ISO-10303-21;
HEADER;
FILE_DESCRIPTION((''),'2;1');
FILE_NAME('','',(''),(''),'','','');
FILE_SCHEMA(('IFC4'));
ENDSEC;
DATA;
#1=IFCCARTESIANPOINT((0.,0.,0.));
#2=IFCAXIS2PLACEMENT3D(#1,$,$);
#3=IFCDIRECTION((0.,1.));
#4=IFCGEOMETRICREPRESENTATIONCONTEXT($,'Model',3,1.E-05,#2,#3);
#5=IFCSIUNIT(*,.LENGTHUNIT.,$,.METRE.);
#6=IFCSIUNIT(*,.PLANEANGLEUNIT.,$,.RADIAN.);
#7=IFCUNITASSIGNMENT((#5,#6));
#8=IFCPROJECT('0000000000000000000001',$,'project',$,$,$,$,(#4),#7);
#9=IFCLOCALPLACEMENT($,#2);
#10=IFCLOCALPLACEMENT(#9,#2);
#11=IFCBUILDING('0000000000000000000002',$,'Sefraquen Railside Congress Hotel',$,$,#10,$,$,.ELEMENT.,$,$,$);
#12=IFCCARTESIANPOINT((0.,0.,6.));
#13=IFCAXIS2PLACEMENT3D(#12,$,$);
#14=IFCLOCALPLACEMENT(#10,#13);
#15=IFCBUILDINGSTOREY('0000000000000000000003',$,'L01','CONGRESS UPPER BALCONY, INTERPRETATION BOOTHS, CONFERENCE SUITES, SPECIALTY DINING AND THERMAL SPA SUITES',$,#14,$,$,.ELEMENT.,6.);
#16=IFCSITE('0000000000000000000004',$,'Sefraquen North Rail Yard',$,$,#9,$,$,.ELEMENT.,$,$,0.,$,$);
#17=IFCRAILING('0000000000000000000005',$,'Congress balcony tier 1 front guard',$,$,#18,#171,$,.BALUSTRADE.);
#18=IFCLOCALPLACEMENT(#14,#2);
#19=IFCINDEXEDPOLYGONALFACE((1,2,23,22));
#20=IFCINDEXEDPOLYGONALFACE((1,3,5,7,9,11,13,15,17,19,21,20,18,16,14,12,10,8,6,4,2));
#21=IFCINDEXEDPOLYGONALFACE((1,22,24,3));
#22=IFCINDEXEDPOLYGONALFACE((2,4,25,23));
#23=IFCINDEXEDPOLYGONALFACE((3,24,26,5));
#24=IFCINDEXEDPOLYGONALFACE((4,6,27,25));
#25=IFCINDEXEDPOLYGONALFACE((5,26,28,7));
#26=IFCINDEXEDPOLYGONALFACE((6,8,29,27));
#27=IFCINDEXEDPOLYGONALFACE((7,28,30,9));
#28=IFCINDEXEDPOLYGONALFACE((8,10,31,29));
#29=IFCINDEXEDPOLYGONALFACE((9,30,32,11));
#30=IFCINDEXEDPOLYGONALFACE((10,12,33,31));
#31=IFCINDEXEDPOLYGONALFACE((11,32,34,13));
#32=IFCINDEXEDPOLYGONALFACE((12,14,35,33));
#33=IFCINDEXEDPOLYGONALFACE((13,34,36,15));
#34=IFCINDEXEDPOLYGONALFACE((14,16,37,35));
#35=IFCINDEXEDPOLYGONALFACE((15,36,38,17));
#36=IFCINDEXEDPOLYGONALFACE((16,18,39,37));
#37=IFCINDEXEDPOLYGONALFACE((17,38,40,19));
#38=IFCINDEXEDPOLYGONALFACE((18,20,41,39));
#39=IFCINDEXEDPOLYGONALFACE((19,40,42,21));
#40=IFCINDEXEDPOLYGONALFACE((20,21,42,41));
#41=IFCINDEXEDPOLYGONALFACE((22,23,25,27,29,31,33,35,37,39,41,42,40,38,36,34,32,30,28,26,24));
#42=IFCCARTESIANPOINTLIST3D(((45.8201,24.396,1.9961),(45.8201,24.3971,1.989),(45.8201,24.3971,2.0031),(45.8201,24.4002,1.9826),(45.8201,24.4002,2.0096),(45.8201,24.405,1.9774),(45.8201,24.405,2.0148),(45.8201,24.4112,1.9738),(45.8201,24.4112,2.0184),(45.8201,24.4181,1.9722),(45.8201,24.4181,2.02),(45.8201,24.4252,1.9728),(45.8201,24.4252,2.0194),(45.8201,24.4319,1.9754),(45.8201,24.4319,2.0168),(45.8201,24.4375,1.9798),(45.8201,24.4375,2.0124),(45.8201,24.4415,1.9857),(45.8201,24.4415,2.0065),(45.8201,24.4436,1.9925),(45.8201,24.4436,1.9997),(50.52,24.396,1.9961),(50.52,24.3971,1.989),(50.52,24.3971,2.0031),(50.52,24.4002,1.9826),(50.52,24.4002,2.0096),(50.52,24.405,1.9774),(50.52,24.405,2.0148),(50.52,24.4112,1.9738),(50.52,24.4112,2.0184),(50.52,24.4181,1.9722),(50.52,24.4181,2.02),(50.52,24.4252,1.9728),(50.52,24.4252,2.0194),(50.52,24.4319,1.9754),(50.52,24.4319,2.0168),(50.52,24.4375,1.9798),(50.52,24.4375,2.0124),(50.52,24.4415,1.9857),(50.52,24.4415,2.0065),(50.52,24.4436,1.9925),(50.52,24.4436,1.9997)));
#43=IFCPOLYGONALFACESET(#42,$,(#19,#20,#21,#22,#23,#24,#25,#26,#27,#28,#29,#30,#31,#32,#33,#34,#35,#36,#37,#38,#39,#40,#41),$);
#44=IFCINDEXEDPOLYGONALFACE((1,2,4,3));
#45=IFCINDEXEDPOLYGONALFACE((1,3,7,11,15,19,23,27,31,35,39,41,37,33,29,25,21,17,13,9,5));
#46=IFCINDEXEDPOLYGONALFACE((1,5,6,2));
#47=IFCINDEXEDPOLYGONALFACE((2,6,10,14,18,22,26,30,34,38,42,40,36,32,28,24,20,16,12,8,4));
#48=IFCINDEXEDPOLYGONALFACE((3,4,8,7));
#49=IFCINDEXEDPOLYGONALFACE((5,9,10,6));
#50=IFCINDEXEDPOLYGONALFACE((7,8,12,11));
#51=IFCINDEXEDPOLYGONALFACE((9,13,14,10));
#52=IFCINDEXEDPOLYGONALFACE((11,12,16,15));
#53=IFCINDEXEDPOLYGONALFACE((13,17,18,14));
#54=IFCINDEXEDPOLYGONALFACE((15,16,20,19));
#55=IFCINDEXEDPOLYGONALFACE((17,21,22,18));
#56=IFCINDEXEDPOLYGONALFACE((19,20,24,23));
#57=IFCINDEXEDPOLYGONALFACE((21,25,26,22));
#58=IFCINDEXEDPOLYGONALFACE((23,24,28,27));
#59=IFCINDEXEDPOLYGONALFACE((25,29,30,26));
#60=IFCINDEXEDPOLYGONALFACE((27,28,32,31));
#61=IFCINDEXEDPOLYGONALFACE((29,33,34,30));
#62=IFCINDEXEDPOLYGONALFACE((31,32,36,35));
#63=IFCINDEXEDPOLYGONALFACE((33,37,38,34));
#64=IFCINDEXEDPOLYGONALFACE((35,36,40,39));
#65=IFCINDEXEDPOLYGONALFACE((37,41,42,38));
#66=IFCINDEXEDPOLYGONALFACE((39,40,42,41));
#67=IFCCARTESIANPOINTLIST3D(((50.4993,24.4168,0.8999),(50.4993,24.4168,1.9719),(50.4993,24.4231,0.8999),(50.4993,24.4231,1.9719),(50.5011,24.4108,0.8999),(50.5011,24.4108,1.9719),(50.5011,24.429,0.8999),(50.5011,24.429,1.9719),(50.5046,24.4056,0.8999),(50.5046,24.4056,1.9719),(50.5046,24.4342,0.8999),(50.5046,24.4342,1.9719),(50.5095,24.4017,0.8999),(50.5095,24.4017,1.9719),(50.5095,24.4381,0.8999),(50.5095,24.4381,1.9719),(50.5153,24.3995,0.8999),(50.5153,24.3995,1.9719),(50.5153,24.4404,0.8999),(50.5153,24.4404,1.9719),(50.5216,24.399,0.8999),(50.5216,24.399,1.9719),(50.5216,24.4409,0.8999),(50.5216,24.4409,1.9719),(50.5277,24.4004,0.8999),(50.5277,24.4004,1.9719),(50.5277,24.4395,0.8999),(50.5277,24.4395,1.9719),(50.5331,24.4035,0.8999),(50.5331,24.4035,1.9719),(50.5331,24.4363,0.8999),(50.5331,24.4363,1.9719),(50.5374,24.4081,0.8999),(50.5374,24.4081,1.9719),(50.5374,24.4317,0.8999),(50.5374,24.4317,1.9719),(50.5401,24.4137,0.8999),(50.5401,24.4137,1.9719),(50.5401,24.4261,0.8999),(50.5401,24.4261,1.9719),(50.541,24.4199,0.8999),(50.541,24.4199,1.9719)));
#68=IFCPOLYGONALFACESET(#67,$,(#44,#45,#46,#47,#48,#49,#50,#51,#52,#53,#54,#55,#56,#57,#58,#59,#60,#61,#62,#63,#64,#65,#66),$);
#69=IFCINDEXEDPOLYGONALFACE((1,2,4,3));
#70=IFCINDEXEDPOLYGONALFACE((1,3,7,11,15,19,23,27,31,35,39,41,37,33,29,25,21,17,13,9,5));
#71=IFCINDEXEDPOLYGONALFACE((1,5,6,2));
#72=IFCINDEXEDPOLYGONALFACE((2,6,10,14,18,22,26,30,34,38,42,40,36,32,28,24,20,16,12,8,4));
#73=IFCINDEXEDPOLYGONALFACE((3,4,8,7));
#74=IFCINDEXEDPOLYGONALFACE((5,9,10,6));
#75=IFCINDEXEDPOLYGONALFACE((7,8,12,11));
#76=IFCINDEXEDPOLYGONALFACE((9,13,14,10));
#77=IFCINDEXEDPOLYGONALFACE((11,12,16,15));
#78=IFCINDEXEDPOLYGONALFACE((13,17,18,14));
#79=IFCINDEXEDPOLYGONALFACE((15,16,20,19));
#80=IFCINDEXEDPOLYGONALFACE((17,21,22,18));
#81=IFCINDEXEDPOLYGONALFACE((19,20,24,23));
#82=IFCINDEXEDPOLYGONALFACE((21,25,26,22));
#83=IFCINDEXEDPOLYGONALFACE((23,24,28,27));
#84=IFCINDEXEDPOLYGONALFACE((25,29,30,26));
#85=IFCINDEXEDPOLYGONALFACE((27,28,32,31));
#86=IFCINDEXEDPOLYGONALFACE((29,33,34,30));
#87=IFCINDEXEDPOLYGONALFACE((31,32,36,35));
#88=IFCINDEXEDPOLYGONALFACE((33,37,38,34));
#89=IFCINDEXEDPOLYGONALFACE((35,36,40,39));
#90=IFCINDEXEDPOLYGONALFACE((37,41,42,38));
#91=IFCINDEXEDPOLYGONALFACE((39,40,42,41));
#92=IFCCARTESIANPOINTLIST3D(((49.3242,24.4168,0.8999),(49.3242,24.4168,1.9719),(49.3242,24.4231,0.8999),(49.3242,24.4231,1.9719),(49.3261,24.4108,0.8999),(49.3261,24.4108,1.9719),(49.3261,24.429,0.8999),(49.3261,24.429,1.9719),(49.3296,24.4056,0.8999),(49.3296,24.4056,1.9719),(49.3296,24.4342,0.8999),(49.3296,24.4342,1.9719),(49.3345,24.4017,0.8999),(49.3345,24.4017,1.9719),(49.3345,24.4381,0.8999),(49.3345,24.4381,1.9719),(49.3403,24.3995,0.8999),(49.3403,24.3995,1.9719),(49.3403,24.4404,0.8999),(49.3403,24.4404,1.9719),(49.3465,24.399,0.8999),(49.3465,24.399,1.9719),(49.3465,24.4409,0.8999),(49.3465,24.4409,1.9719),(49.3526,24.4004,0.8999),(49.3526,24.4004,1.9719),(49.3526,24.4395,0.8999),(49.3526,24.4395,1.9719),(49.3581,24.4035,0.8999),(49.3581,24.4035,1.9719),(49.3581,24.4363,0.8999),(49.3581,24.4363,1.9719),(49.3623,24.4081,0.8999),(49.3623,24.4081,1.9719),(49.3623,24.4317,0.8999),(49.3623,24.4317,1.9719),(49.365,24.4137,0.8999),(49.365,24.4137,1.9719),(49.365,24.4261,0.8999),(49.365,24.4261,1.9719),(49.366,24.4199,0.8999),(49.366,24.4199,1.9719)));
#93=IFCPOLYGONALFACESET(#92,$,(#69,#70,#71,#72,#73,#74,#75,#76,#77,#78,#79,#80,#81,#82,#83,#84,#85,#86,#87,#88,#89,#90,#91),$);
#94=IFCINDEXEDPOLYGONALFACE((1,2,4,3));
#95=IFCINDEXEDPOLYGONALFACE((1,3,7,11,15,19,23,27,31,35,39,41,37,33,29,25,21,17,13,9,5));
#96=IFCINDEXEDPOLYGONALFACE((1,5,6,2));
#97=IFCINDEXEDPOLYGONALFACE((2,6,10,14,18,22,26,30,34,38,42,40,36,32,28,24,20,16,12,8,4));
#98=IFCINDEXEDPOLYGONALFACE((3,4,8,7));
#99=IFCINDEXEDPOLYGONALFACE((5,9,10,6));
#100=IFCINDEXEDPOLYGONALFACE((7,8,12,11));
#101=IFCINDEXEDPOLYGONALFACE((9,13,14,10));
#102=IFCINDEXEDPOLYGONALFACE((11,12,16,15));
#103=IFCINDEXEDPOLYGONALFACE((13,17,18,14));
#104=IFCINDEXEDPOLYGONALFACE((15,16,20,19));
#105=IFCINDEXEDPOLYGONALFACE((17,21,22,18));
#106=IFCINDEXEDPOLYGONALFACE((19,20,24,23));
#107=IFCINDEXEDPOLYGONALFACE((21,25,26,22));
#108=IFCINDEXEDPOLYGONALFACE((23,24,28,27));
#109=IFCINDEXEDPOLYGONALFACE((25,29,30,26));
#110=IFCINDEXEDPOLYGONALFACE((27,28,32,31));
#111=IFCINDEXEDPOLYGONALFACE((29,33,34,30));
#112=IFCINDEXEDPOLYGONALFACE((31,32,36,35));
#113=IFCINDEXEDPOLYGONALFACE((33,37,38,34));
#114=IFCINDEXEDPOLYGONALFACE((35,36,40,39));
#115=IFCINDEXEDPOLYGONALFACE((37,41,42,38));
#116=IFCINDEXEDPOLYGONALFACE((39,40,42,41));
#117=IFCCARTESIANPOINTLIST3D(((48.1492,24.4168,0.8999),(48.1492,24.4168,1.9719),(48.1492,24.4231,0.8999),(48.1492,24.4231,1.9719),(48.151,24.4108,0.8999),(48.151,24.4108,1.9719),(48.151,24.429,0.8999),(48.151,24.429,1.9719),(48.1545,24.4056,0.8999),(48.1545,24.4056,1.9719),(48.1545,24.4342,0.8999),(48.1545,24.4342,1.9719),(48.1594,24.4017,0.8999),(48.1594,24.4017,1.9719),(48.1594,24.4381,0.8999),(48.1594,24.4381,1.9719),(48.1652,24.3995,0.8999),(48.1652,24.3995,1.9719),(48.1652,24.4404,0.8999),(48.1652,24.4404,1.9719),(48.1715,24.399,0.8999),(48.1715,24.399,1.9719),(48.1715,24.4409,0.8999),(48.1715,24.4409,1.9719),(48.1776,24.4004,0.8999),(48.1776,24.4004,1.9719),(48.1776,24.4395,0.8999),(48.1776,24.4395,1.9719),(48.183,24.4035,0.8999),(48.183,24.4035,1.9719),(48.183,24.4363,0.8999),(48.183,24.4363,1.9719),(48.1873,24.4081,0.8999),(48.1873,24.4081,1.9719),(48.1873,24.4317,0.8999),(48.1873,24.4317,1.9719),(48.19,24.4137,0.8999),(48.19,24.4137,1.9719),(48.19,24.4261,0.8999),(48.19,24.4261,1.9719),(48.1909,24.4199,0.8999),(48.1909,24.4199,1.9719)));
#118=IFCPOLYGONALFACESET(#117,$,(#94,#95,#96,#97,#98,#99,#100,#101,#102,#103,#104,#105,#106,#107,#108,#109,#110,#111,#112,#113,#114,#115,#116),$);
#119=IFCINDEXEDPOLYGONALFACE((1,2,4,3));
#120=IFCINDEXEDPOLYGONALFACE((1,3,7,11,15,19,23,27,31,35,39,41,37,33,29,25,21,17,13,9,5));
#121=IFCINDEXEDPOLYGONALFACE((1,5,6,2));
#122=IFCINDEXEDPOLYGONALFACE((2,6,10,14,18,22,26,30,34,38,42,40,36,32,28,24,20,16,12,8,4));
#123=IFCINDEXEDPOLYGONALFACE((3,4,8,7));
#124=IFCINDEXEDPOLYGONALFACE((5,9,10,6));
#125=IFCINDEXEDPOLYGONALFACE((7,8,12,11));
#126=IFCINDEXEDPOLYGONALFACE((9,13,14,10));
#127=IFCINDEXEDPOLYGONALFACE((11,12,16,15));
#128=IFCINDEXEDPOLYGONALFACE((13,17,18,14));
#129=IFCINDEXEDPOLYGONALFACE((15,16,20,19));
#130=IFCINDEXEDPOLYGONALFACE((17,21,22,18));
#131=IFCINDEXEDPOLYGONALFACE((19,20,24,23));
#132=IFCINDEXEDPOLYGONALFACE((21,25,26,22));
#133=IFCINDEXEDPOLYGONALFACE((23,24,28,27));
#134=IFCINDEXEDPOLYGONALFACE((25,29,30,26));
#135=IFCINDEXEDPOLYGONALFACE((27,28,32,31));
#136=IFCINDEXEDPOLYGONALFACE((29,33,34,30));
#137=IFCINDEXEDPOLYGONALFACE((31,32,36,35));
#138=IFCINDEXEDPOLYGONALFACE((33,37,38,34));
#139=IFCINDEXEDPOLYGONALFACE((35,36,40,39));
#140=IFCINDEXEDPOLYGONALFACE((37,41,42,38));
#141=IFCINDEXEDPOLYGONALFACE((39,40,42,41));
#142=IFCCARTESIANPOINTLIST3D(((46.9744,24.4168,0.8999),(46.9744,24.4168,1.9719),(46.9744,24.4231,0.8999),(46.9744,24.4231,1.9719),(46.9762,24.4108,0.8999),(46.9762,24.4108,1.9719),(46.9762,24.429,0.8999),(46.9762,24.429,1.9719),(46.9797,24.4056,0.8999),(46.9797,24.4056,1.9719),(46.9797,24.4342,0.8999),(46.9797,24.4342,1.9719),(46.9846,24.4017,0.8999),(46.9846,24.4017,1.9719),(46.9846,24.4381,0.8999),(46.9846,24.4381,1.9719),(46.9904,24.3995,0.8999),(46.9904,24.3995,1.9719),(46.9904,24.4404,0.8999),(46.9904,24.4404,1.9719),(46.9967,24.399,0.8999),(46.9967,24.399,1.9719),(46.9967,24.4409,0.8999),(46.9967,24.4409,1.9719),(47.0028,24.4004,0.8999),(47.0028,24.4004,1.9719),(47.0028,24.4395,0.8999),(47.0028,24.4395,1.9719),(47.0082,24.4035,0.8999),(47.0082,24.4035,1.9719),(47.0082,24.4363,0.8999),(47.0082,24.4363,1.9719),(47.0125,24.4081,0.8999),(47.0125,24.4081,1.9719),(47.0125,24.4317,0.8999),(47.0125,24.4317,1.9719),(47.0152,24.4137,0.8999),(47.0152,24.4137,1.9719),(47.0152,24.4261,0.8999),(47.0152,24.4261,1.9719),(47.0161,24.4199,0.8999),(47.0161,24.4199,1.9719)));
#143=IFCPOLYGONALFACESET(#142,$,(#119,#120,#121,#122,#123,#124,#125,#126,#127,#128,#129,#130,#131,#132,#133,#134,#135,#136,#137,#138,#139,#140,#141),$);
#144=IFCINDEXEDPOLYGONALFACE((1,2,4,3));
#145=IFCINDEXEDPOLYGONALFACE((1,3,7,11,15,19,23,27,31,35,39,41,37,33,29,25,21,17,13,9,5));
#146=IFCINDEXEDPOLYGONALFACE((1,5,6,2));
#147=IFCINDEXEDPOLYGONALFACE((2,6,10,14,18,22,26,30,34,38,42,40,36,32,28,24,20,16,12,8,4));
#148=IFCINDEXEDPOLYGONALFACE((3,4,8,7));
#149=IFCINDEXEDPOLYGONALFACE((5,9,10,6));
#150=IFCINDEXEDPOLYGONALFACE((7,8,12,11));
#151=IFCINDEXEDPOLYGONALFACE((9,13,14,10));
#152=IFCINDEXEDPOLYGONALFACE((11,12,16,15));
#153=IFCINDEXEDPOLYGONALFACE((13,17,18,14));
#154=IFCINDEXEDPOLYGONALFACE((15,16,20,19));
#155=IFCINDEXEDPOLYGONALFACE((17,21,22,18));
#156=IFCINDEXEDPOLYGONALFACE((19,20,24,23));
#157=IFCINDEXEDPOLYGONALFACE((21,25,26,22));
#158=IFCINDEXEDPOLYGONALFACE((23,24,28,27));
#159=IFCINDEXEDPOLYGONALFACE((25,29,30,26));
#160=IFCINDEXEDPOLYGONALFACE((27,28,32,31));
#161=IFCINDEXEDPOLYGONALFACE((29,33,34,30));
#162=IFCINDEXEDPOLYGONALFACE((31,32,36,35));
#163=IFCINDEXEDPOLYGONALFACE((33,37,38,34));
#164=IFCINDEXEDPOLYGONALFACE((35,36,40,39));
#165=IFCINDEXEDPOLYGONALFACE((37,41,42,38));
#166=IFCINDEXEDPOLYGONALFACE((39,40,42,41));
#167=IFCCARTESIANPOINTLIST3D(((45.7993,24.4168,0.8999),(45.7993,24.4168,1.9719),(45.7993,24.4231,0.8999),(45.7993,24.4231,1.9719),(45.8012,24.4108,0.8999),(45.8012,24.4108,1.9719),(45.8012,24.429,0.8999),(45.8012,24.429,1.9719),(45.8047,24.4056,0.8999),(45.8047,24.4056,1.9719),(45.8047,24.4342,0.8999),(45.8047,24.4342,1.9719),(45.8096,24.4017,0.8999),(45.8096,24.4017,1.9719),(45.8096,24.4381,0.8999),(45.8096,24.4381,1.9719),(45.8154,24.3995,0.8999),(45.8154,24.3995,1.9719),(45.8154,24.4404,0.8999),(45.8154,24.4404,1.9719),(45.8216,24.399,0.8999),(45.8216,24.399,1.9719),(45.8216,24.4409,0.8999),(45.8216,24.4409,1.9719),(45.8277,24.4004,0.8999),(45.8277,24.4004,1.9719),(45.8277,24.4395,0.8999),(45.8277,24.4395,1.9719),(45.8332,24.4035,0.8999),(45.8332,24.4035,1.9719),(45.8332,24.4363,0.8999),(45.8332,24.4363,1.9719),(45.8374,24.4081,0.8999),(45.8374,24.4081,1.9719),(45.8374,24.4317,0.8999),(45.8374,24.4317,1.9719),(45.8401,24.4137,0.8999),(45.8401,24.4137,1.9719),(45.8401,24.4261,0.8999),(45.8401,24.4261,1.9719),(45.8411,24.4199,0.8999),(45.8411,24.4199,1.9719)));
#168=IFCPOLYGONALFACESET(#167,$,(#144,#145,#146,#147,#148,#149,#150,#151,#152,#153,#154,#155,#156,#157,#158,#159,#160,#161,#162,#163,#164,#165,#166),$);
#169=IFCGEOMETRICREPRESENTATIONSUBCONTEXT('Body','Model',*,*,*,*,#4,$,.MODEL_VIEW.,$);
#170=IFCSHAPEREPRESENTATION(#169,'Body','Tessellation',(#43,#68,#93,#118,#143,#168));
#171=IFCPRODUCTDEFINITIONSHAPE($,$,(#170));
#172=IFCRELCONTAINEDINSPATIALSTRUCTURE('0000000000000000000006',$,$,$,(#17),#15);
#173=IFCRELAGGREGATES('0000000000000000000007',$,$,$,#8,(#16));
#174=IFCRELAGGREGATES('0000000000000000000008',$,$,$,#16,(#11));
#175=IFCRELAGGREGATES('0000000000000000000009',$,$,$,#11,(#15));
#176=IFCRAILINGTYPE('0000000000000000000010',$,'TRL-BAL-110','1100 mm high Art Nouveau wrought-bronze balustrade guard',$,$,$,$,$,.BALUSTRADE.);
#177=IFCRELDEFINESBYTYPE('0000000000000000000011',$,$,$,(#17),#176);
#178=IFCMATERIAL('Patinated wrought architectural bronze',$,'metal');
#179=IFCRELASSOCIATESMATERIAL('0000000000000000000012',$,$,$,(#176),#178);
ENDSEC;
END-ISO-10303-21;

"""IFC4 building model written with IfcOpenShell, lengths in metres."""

from ifc_helpers import new_model, si_unit, direction, frame, origin, origin_2d, place, context, subcontext, project, spatial, circle, extrude, material, type_object, element, save


model = new_model("IFC4")

# Units and contexts
model_context = context("Model", 3, precision=1e-05, world=origin(), true_north=direction((0.0, 1.0)))
body_context = subcontext(model_context, "Body", "Model", "MODEL_VIEW")
ifc_project = project(units=[si_unit("LENGTHUNIT", "METRE"), si_unit("PLANEANGLEUNIT", "RADIAN")], contexts=[model_context])

# Site, building, storey
site_placement = place(None, origin())
site = spatial("IfcSite", under=ifc_project, at=site_placement, Name="Sefraquen North Rail Yard", CompositionType="ELEMENT", RefElevation=0.0)
building_placement = place(site_placement, origin())
building = spatial("IfcBuilding", under=site, at=building_placement, Name="Sefraquen Railside Congress Hotel", CompositionType="ELEMENT")
storey_placement = place(building_placement, frame((0.0, 0.0, 6.0)))
storey = spatial("IfcBuildingStorey", under=building, at=storey_placement, Name="L01", Description="CONGRESS UPPER BALCONY, INTERPRETATION BOOTHS, CONFERENCE SUITES, SPECIALTY DINING AND THERMAL SPA SUITES", CompositionType="ELEMENT", Elevation=6.0)

# Railing
ifc_material_1 = material(Name="Patinated wrought architectural bronze", Category="metal")
railing_type = type_object("IfcRailingType", Name="TRL-BAL-110", Description="1100 mm high Art Nouveau wrought-bronze balustrade guard", PredefinedType="BALUSTRADE", material=ifc_material_1)
railing_1_placement = place(storey_placement, frame((50.52, 24.4199, 0.8999)))
element("IfcRailing", 1, at=railing_1_placement, inside=storey, type_object=railing_type, Name="Congress balcony tier 1 front guard", PredefinedType="BALUSTRADE", context=body_context, shape_type="SweptSolid", body=[
    extrude(circle(Radius=0.0239, at=origin_2d()), frame((0.0, 0.0, 1.0962), z_axis=(-1.0, 0.0, 0.0), x_axis=(0.0, -1.0, 0.0)), (0.0, 0.0, 1.0), 4.7),
    extrude(circle(Radius=0.021, at=origin_2d()), origin(), (0.0, 0.0, 1.0), 1.072),
    extrude(circle(Radius=0.021, at=origin_2d()), frame((-1.175, 0.0, 0.0)), (0.0, 0.0, 1.0), 1.072),
    extrude(circle(Radius=0.021, at=origin_2d()), frame((-2.3501, 0.0, 0.0)), (0.0, 0.0, 1.0), 1.072),
    extrude(circle(Radius=0.021, at=origin_2d()), frame((-3.5249, 0.0, 0.0)), (0.0, 0.0, 1.0), 1.072),
    extrude(circle(Radius=0.021, at=origin_2d()), frame((-4.7, 0.0, 0.0)), (0.0, 0.0, 1.0), 1.072),
])

save(model, "model.ifc")
